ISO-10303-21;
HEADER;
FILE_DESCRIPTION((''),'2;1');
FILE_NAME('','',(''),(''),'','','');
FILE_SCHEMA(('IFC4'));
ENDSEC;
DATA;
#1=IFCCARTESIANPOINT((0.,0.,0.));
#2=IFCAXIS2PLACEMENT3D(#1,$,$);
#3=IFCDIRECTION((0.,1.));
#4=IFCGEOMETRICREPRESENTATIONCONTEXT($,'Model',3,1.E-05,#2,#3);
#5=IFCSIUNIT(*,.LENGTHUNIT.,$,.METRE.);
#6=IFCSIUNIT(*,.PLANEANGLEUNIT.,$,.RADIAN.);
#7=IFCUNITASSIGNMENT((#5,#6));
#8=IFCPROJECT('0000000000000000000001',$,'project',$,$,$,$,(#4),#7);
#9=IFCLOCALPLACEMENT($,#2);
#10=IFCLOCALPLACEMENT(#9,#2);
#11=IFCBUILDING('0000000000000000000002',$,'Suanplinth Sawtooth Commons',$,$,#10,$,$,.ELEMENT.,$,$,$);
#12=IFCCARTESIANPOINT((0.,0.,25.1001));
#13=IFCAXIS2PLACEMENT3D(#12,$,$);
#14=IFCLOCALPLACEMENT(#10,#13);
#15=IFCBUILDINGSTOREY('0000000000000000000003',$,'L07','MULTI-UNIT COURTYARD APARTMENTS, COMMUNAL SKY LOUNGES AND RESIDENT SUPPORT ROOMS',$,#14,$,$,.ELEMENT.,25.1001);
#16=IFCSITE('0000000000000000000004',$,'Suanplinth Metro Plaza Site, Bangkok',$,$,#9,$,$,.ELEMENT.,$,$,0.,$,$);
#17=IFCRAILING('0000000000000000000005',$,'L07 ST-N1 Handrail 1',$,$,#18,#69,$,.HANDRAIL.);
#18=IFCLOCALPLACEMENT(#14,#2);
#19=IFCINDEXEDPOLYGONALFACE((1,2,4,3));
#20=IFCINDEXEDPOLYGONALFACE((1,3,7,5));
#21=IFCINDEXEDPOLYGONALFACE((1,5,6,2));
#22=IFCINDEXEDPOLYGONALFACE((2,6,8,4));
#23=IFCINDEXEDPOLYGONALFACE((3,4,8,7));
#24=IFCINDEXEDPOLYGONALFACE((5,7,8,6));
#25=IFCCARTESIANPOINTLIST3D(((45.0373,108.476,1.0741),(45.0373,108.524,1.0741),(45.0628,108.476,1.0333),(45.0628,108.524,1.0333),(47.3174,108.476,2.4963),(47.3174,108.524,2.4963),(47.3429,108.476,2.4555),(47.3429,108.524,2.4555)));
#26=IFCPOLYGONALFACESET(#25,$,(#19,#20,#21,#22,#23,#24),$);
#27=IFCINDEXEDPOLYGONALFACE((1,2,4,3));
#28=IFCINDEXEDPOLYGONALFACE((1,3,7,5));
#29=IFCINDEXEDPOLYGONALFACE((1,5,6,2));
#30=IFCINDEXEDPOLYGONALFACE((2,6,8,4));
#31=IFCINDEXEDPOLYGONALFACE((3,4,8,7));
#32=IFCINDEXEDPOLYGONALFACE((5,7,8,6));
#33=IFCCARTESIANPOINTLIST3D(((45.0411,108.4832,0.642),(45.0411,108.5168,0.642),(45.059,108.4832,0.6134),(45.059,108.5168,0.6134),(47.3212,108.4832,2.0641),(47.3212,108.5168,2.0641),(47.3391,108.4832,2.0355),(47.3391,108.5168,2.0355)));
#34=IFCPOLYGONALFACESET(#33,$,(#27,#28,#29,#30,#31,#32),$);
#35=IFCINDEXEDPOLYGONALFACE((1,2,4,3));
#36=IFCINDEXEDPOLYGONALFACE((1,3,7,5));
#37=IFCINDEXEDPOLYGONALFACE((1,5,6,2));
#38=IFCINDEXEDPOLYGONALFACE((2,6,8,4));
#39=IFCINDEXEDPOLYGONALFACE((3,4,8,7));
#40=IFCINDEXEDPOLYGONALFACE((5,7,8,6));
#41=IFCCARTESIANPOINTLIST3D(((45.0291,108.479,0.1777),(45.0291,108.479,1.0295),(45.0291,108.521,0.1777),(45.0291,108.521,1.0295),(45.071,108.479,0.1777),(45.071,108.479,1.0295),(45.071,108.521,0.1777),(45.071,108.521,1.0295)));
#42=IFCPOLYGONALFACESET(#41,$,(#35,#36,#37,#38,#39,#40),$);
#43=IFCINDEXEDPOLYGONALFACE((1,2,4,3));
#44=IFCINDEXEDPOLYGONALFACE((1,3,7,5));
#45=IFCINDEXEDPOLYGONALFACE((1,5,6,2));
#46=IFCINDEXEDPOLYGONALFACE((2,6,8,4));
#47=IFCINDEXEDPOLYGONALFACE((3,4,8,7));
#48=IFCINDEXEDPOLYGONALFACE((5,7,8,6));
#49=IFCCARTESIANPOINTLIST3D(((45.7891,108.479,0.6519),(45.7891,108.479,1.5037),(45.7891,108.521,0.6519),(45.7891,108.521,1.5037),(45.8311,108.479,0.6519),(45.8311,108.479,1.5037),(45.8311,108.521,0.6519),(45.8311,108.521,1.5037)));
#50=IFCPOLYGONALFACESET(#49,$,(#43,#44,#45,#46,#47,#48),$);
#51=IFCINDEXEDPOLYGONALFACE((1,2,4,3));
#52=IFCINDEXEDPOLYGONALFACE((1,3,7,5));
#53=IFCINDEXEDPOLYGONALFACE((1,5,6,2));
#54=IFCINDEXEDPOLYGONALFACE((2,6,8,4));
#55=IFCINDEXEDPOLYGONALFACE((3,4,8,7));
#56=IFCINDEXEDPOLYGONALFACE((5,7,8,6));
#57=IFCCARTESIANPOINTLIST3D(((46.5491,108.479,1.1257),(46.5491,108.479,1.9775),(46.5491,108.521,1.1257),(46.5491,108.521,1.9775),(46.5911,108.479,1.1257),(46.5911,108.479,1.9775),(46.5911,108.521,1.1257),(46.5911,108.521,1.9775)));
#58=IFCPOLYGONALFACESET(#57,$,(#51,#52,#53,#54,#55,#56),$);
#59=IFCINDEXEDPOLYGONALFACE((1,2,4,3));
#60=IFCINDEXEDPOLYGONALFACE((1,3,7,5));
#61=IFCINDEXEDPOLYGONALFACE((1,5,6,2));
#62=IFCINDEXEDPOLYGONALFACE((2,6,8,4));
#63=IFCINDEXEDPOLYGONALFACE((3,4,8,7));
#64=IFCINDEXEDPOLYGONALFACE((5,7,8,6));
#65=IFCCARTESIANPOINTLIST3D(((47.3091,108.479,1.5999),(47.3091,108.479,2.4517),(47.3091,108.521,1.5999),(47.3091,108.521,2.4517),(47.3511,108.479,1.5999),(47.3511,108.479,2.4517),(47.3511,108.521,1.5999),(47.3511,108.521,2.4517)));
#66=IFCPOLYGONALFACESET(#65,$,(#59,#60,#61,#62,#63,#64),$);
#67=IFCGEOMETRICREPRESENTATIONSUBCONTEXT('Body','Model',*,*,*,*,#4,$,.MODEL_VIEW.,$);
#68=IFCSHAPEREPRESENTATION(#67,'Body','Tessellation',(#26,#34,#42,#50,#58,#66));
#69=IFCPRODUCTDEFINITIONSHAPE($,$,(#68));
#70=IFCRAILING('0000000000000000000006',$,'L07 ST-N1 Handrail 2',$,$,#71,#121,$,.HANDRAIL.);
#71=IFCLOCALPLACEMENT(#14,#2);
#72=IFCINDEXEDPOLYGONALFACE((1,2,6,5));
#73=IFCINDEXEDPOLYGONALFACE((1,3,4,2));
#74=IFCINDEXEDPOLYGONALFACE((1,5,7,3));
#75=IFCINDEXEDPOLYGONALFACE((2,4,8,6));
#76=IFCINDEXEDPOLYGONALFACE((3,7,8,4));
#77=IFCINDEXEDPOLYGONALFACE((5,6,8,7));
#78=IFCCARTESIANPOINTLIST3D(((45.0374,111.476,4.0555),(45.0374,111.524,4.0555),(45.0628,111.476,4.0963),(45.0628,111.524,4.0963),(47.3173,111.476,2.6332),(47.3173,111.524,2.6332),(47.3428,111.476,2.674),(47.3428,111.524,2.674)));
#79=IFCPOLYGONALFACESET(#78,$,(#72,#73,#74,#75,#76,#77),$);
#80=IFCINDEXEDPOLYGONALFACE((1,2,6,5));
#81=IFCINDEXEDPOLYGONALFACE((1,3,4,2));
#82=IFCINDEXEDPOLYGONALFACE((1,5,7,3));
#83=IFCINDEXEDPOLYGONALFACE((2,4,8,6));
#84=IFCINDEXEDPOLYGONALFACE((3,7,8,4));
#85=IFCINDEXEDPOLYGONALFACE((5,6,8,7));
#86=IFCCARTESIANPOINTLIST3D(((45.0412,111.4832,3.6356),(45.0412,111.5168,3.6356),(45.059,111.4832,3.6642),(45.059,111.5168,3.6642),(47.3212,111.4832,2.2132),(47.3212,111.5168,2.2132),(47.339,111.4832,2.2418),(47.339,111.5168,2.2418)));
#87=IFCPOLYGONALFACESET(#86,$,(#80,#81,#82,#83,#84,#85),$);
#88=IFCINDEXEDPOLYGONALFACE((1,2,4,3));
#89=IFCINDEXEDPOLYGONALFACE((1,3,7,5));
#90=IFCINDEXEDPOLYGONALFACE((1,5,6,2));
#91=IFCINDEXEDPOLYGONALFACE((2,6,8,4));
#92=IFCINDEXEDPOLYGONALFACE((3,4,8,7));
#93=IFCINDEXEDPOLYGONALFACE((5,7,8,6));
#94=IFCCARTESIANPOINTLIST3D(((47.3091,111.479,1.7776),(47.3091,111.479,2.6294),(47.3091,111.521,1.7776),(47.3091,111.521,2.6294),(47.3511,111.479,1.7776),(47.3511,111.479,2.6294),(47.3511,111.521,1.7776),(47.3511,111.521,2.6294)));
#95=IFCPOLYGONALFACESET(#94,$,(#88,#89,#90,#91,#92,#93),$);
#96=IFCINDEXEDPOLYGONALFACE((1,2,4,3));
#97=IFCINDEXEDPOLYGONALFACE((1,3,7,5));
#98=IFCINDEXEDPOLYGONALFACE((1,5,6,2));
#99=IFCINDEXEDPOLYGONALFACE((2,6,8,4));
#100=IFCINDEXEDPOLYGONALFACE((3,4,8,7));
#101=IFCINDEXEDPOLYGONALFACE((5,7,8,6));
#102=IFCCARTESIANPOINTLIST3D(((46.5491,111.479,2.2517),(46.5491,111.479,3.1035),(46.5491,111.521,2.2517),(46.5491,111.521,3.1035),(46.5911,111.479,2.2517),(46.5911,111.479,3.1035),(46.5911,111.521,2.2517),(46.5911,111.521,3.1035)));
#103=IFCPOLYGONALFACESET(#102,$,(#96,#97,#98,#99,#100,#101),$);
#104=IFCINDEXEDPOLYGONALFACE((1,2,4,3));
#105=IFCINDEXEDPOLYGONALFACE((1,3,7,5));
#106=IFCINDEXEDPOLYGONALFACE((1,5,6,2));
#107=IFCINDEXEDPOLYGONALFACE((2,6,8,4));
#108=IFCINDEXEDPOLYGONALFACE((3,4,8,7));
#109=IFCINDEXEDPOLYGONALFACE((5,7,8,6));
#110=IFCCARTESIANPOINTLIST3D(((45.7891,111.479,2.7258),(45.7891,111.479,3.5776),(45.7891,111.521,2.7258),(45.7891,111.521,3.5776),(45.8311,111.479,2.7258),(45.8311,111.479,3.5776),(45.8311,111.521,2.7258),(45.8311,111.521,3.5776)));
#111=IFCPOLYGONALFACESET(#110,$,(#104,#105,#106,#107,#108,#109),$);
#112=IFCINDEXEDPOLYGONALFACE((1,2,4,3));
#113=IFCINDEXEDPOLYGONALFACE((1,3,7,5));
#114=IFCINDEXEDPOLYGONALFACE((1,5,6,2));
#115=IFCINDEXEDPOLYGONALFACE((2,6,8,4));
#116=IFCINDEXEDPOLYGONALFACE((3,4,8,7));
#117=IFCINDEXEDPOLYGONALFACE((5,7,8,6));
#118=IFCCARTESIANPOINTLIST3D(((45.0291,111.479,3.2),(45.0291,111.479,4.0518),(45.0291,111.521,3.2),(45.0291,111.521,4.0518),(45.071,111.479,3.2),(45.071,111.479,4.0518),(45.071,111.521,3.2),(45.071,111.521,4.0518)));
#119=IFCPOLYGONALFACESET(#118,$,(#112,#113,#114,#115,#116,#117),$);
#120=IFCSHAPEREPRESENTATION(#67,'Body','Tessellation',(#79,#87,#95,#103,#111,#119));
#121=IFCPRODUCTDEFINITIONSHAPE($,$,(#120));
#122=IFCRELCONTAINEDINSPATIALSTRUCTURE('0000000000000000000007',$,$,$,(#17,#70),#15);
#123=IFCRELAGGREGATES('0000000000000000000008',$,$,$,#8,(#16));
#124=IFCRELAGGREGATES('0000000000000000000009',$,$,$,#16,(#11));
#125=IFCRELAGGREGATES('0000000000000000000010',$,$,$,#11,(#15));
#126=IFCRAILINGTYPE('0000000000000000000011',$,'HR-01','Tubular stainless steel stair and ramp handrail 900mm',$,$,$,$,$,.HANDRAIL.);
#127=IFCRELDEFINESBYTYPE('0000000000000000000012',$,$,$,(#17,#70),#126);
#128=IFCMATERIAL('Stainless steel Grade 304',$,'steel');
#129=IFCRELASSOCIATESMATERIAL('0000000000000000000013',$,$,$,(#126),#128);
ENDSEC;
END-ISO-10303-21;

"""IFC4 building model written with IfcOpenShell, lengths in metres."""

from ifc_helpers import new_model, si_unit, direction, frame, origin, origin_2d, place, context, subcontext, project, spatial, rectangle, extrude, material, type_object, element, save


model = new_model("IFC4")

# Units and contexts
model_context = context("Model", 3, precision=1e-05, world=origin(), true_north=direction((0.0, 1.0)))
body_context = subcontext(model_context, "Body", "Model", "MODEL_VIEW")
ifc_project = project(units=[si_unit("LENGTHUNIT", "METRE"), si_unit("PLANEANGLEUNIT", "RADIAN")], contexts=[model_context])

# Site, building, storey
site_placement = place(None, origin())
site = spatial("IfcSite", under=ifc_project, at=site_placement, Name="Suanplinth Metro Plaza Site, Bangkok", CompositionType="ELEMENT", RefElevation=0.0)
building_placement = place(site_placement, origin())
building = spatial("IfcBuilding", under=site, at=building_placement, Name="Suanplinth Sawtooth Commons", CompositionType="ELEMENT")
storey_placement = place(building_placement, frame((0.0, 0.0, 25.1001)))
storey = spatial("IfcBuildingStorey", under=building, at=storey_placement, Name="L07", Description="MULTI-UNIT COURTYARD APARTMENTS, COMMUNAL SKY LOUNGES AND RESIDENT SUPPORT ROOMS", CompositionType="ELEMENT", Elevation=25.1001)

# Shared definitions
ifc_material_1 = material(Name="Stainless steel Grade 304", Category="steel")

# Railings
railing_type_1 = type_object("IfcRailingType", Name="HR-01", Description="Tubular stainless steel stair and ramp handrail 900mm", PredefinedType="HANDRAIL", material=ifc_material_1)
railing_1_placement = place(storey_placement, frame((45.05, 108.5, 0.1777)))
element("IfcRailing", 1, at=railing_1_placement, inside=storey, type_object=railing_type_1, Name="L07 ST-N1 Handrail 1", PredefinedType="HANDRAIL", context=body_context, shape_type="SweptSolid", body=[
    extrude(rectangle(XDim=0.0481, YDim=0.0481, at=origin_2d()), frame((0.0, 0.0, 0.876), z_axis=(0.848483, 0.0, 0.529223), x_axis=(0.0, 1.0, 0.0)), (0.0, 0.0, 1.0), 2.6873),
    extrude(rectangle(XDim=0.0337, YDim=0.0337, at=origin_2d()), frame((0.0, 0.0, 0.45), z_axis=(0.848483, 0.0, 0.529223), x_axis=(0.0, 1.0, 0.0)), (0.0, 0.0, 1.0), 2.6873),
    extrude(rectangle(XDim=0.042, YDim=0.042, at=origin_2d()), origin(), (0.0, 0.0, 1.0), 0.8518),
    extrude(rectangle(XDim=0.042, YDim=0.042, at=origin_2d()), frame((0.76, 0.0, 0.4741)), (0.0, 0.0, 1.0), 0.8518),
    extrude(rectangle(XDim=0.042, YDim=0.042, at=origin_2d()), frame((1.52, 0.0, 0.948)), (0.0, 0.0, 1.0), 0.8518),
    extrude(rectangle(XDim=0.042, YDim=0.042, at=origin_2d()), frame((2.28, 0.0, 1.4221)), (0.0, 0.0, 1.0), 0.8518),
])
railing_2_placement = place(storey_placement, frame((47.3301, 111.5, 1.7776)))
element("IfcRailing", 2, at=railing_2_placement, inside=storey, type_object=railing_type_1, Name="L07 ST-N1 Handrail 2", PredefinedType="HANDRAIL", context=body_context, shape_type="SweptSolid", body=[
    extrude(rectangle(XDim=0.0481, YDim=0.0481, at=origin_2d()), frame((0.0, 0.0, 0.876), z_axis=(-0.848442, 0.0, 0.529288), x_axis=(0.0, -1.0, 0.0)), (0.0, 0.0, 1.0), 2.6873),
    extrude(rectangle(XDim=0.0337, YDim=0.0337, at=origin_2d()), frame((0.0, 0.0, 0.45), z_axis=(-0.848442, 0.0, 0.529288), x_axis=(0.0, -1.0, 0.0)), (0.0, 0.0, 1.0), 2.6873),
    extrude(rectangle(XDim=0.042, YDim=0.042, at=origin_2d()), origin(), (0.0, 0.0, 1.0), 0.8518),
    extrude(rectangle(XDim=0.042, YDim=0.042, at=origin_2d()), frame((-0.76, 0.0, 0.4741)), (0.0, 0.0, 1.0), 0.8518),
    extrude(rectangle(XDim=0.042, YDim=0.042, at=origin_2d()), frame((-1.52, 0.0, 0.9482)), (0.0, 0.0, 1.0), 0.8518),
    extrude(rectangle(XDim=0.042, YDim=0.042, at=origin_2d()), frame((-2.28, 0.0, 1.4224)), (0.0, 0.0, 1.0), 0.8518),
])

save(model, "model.ifc")
